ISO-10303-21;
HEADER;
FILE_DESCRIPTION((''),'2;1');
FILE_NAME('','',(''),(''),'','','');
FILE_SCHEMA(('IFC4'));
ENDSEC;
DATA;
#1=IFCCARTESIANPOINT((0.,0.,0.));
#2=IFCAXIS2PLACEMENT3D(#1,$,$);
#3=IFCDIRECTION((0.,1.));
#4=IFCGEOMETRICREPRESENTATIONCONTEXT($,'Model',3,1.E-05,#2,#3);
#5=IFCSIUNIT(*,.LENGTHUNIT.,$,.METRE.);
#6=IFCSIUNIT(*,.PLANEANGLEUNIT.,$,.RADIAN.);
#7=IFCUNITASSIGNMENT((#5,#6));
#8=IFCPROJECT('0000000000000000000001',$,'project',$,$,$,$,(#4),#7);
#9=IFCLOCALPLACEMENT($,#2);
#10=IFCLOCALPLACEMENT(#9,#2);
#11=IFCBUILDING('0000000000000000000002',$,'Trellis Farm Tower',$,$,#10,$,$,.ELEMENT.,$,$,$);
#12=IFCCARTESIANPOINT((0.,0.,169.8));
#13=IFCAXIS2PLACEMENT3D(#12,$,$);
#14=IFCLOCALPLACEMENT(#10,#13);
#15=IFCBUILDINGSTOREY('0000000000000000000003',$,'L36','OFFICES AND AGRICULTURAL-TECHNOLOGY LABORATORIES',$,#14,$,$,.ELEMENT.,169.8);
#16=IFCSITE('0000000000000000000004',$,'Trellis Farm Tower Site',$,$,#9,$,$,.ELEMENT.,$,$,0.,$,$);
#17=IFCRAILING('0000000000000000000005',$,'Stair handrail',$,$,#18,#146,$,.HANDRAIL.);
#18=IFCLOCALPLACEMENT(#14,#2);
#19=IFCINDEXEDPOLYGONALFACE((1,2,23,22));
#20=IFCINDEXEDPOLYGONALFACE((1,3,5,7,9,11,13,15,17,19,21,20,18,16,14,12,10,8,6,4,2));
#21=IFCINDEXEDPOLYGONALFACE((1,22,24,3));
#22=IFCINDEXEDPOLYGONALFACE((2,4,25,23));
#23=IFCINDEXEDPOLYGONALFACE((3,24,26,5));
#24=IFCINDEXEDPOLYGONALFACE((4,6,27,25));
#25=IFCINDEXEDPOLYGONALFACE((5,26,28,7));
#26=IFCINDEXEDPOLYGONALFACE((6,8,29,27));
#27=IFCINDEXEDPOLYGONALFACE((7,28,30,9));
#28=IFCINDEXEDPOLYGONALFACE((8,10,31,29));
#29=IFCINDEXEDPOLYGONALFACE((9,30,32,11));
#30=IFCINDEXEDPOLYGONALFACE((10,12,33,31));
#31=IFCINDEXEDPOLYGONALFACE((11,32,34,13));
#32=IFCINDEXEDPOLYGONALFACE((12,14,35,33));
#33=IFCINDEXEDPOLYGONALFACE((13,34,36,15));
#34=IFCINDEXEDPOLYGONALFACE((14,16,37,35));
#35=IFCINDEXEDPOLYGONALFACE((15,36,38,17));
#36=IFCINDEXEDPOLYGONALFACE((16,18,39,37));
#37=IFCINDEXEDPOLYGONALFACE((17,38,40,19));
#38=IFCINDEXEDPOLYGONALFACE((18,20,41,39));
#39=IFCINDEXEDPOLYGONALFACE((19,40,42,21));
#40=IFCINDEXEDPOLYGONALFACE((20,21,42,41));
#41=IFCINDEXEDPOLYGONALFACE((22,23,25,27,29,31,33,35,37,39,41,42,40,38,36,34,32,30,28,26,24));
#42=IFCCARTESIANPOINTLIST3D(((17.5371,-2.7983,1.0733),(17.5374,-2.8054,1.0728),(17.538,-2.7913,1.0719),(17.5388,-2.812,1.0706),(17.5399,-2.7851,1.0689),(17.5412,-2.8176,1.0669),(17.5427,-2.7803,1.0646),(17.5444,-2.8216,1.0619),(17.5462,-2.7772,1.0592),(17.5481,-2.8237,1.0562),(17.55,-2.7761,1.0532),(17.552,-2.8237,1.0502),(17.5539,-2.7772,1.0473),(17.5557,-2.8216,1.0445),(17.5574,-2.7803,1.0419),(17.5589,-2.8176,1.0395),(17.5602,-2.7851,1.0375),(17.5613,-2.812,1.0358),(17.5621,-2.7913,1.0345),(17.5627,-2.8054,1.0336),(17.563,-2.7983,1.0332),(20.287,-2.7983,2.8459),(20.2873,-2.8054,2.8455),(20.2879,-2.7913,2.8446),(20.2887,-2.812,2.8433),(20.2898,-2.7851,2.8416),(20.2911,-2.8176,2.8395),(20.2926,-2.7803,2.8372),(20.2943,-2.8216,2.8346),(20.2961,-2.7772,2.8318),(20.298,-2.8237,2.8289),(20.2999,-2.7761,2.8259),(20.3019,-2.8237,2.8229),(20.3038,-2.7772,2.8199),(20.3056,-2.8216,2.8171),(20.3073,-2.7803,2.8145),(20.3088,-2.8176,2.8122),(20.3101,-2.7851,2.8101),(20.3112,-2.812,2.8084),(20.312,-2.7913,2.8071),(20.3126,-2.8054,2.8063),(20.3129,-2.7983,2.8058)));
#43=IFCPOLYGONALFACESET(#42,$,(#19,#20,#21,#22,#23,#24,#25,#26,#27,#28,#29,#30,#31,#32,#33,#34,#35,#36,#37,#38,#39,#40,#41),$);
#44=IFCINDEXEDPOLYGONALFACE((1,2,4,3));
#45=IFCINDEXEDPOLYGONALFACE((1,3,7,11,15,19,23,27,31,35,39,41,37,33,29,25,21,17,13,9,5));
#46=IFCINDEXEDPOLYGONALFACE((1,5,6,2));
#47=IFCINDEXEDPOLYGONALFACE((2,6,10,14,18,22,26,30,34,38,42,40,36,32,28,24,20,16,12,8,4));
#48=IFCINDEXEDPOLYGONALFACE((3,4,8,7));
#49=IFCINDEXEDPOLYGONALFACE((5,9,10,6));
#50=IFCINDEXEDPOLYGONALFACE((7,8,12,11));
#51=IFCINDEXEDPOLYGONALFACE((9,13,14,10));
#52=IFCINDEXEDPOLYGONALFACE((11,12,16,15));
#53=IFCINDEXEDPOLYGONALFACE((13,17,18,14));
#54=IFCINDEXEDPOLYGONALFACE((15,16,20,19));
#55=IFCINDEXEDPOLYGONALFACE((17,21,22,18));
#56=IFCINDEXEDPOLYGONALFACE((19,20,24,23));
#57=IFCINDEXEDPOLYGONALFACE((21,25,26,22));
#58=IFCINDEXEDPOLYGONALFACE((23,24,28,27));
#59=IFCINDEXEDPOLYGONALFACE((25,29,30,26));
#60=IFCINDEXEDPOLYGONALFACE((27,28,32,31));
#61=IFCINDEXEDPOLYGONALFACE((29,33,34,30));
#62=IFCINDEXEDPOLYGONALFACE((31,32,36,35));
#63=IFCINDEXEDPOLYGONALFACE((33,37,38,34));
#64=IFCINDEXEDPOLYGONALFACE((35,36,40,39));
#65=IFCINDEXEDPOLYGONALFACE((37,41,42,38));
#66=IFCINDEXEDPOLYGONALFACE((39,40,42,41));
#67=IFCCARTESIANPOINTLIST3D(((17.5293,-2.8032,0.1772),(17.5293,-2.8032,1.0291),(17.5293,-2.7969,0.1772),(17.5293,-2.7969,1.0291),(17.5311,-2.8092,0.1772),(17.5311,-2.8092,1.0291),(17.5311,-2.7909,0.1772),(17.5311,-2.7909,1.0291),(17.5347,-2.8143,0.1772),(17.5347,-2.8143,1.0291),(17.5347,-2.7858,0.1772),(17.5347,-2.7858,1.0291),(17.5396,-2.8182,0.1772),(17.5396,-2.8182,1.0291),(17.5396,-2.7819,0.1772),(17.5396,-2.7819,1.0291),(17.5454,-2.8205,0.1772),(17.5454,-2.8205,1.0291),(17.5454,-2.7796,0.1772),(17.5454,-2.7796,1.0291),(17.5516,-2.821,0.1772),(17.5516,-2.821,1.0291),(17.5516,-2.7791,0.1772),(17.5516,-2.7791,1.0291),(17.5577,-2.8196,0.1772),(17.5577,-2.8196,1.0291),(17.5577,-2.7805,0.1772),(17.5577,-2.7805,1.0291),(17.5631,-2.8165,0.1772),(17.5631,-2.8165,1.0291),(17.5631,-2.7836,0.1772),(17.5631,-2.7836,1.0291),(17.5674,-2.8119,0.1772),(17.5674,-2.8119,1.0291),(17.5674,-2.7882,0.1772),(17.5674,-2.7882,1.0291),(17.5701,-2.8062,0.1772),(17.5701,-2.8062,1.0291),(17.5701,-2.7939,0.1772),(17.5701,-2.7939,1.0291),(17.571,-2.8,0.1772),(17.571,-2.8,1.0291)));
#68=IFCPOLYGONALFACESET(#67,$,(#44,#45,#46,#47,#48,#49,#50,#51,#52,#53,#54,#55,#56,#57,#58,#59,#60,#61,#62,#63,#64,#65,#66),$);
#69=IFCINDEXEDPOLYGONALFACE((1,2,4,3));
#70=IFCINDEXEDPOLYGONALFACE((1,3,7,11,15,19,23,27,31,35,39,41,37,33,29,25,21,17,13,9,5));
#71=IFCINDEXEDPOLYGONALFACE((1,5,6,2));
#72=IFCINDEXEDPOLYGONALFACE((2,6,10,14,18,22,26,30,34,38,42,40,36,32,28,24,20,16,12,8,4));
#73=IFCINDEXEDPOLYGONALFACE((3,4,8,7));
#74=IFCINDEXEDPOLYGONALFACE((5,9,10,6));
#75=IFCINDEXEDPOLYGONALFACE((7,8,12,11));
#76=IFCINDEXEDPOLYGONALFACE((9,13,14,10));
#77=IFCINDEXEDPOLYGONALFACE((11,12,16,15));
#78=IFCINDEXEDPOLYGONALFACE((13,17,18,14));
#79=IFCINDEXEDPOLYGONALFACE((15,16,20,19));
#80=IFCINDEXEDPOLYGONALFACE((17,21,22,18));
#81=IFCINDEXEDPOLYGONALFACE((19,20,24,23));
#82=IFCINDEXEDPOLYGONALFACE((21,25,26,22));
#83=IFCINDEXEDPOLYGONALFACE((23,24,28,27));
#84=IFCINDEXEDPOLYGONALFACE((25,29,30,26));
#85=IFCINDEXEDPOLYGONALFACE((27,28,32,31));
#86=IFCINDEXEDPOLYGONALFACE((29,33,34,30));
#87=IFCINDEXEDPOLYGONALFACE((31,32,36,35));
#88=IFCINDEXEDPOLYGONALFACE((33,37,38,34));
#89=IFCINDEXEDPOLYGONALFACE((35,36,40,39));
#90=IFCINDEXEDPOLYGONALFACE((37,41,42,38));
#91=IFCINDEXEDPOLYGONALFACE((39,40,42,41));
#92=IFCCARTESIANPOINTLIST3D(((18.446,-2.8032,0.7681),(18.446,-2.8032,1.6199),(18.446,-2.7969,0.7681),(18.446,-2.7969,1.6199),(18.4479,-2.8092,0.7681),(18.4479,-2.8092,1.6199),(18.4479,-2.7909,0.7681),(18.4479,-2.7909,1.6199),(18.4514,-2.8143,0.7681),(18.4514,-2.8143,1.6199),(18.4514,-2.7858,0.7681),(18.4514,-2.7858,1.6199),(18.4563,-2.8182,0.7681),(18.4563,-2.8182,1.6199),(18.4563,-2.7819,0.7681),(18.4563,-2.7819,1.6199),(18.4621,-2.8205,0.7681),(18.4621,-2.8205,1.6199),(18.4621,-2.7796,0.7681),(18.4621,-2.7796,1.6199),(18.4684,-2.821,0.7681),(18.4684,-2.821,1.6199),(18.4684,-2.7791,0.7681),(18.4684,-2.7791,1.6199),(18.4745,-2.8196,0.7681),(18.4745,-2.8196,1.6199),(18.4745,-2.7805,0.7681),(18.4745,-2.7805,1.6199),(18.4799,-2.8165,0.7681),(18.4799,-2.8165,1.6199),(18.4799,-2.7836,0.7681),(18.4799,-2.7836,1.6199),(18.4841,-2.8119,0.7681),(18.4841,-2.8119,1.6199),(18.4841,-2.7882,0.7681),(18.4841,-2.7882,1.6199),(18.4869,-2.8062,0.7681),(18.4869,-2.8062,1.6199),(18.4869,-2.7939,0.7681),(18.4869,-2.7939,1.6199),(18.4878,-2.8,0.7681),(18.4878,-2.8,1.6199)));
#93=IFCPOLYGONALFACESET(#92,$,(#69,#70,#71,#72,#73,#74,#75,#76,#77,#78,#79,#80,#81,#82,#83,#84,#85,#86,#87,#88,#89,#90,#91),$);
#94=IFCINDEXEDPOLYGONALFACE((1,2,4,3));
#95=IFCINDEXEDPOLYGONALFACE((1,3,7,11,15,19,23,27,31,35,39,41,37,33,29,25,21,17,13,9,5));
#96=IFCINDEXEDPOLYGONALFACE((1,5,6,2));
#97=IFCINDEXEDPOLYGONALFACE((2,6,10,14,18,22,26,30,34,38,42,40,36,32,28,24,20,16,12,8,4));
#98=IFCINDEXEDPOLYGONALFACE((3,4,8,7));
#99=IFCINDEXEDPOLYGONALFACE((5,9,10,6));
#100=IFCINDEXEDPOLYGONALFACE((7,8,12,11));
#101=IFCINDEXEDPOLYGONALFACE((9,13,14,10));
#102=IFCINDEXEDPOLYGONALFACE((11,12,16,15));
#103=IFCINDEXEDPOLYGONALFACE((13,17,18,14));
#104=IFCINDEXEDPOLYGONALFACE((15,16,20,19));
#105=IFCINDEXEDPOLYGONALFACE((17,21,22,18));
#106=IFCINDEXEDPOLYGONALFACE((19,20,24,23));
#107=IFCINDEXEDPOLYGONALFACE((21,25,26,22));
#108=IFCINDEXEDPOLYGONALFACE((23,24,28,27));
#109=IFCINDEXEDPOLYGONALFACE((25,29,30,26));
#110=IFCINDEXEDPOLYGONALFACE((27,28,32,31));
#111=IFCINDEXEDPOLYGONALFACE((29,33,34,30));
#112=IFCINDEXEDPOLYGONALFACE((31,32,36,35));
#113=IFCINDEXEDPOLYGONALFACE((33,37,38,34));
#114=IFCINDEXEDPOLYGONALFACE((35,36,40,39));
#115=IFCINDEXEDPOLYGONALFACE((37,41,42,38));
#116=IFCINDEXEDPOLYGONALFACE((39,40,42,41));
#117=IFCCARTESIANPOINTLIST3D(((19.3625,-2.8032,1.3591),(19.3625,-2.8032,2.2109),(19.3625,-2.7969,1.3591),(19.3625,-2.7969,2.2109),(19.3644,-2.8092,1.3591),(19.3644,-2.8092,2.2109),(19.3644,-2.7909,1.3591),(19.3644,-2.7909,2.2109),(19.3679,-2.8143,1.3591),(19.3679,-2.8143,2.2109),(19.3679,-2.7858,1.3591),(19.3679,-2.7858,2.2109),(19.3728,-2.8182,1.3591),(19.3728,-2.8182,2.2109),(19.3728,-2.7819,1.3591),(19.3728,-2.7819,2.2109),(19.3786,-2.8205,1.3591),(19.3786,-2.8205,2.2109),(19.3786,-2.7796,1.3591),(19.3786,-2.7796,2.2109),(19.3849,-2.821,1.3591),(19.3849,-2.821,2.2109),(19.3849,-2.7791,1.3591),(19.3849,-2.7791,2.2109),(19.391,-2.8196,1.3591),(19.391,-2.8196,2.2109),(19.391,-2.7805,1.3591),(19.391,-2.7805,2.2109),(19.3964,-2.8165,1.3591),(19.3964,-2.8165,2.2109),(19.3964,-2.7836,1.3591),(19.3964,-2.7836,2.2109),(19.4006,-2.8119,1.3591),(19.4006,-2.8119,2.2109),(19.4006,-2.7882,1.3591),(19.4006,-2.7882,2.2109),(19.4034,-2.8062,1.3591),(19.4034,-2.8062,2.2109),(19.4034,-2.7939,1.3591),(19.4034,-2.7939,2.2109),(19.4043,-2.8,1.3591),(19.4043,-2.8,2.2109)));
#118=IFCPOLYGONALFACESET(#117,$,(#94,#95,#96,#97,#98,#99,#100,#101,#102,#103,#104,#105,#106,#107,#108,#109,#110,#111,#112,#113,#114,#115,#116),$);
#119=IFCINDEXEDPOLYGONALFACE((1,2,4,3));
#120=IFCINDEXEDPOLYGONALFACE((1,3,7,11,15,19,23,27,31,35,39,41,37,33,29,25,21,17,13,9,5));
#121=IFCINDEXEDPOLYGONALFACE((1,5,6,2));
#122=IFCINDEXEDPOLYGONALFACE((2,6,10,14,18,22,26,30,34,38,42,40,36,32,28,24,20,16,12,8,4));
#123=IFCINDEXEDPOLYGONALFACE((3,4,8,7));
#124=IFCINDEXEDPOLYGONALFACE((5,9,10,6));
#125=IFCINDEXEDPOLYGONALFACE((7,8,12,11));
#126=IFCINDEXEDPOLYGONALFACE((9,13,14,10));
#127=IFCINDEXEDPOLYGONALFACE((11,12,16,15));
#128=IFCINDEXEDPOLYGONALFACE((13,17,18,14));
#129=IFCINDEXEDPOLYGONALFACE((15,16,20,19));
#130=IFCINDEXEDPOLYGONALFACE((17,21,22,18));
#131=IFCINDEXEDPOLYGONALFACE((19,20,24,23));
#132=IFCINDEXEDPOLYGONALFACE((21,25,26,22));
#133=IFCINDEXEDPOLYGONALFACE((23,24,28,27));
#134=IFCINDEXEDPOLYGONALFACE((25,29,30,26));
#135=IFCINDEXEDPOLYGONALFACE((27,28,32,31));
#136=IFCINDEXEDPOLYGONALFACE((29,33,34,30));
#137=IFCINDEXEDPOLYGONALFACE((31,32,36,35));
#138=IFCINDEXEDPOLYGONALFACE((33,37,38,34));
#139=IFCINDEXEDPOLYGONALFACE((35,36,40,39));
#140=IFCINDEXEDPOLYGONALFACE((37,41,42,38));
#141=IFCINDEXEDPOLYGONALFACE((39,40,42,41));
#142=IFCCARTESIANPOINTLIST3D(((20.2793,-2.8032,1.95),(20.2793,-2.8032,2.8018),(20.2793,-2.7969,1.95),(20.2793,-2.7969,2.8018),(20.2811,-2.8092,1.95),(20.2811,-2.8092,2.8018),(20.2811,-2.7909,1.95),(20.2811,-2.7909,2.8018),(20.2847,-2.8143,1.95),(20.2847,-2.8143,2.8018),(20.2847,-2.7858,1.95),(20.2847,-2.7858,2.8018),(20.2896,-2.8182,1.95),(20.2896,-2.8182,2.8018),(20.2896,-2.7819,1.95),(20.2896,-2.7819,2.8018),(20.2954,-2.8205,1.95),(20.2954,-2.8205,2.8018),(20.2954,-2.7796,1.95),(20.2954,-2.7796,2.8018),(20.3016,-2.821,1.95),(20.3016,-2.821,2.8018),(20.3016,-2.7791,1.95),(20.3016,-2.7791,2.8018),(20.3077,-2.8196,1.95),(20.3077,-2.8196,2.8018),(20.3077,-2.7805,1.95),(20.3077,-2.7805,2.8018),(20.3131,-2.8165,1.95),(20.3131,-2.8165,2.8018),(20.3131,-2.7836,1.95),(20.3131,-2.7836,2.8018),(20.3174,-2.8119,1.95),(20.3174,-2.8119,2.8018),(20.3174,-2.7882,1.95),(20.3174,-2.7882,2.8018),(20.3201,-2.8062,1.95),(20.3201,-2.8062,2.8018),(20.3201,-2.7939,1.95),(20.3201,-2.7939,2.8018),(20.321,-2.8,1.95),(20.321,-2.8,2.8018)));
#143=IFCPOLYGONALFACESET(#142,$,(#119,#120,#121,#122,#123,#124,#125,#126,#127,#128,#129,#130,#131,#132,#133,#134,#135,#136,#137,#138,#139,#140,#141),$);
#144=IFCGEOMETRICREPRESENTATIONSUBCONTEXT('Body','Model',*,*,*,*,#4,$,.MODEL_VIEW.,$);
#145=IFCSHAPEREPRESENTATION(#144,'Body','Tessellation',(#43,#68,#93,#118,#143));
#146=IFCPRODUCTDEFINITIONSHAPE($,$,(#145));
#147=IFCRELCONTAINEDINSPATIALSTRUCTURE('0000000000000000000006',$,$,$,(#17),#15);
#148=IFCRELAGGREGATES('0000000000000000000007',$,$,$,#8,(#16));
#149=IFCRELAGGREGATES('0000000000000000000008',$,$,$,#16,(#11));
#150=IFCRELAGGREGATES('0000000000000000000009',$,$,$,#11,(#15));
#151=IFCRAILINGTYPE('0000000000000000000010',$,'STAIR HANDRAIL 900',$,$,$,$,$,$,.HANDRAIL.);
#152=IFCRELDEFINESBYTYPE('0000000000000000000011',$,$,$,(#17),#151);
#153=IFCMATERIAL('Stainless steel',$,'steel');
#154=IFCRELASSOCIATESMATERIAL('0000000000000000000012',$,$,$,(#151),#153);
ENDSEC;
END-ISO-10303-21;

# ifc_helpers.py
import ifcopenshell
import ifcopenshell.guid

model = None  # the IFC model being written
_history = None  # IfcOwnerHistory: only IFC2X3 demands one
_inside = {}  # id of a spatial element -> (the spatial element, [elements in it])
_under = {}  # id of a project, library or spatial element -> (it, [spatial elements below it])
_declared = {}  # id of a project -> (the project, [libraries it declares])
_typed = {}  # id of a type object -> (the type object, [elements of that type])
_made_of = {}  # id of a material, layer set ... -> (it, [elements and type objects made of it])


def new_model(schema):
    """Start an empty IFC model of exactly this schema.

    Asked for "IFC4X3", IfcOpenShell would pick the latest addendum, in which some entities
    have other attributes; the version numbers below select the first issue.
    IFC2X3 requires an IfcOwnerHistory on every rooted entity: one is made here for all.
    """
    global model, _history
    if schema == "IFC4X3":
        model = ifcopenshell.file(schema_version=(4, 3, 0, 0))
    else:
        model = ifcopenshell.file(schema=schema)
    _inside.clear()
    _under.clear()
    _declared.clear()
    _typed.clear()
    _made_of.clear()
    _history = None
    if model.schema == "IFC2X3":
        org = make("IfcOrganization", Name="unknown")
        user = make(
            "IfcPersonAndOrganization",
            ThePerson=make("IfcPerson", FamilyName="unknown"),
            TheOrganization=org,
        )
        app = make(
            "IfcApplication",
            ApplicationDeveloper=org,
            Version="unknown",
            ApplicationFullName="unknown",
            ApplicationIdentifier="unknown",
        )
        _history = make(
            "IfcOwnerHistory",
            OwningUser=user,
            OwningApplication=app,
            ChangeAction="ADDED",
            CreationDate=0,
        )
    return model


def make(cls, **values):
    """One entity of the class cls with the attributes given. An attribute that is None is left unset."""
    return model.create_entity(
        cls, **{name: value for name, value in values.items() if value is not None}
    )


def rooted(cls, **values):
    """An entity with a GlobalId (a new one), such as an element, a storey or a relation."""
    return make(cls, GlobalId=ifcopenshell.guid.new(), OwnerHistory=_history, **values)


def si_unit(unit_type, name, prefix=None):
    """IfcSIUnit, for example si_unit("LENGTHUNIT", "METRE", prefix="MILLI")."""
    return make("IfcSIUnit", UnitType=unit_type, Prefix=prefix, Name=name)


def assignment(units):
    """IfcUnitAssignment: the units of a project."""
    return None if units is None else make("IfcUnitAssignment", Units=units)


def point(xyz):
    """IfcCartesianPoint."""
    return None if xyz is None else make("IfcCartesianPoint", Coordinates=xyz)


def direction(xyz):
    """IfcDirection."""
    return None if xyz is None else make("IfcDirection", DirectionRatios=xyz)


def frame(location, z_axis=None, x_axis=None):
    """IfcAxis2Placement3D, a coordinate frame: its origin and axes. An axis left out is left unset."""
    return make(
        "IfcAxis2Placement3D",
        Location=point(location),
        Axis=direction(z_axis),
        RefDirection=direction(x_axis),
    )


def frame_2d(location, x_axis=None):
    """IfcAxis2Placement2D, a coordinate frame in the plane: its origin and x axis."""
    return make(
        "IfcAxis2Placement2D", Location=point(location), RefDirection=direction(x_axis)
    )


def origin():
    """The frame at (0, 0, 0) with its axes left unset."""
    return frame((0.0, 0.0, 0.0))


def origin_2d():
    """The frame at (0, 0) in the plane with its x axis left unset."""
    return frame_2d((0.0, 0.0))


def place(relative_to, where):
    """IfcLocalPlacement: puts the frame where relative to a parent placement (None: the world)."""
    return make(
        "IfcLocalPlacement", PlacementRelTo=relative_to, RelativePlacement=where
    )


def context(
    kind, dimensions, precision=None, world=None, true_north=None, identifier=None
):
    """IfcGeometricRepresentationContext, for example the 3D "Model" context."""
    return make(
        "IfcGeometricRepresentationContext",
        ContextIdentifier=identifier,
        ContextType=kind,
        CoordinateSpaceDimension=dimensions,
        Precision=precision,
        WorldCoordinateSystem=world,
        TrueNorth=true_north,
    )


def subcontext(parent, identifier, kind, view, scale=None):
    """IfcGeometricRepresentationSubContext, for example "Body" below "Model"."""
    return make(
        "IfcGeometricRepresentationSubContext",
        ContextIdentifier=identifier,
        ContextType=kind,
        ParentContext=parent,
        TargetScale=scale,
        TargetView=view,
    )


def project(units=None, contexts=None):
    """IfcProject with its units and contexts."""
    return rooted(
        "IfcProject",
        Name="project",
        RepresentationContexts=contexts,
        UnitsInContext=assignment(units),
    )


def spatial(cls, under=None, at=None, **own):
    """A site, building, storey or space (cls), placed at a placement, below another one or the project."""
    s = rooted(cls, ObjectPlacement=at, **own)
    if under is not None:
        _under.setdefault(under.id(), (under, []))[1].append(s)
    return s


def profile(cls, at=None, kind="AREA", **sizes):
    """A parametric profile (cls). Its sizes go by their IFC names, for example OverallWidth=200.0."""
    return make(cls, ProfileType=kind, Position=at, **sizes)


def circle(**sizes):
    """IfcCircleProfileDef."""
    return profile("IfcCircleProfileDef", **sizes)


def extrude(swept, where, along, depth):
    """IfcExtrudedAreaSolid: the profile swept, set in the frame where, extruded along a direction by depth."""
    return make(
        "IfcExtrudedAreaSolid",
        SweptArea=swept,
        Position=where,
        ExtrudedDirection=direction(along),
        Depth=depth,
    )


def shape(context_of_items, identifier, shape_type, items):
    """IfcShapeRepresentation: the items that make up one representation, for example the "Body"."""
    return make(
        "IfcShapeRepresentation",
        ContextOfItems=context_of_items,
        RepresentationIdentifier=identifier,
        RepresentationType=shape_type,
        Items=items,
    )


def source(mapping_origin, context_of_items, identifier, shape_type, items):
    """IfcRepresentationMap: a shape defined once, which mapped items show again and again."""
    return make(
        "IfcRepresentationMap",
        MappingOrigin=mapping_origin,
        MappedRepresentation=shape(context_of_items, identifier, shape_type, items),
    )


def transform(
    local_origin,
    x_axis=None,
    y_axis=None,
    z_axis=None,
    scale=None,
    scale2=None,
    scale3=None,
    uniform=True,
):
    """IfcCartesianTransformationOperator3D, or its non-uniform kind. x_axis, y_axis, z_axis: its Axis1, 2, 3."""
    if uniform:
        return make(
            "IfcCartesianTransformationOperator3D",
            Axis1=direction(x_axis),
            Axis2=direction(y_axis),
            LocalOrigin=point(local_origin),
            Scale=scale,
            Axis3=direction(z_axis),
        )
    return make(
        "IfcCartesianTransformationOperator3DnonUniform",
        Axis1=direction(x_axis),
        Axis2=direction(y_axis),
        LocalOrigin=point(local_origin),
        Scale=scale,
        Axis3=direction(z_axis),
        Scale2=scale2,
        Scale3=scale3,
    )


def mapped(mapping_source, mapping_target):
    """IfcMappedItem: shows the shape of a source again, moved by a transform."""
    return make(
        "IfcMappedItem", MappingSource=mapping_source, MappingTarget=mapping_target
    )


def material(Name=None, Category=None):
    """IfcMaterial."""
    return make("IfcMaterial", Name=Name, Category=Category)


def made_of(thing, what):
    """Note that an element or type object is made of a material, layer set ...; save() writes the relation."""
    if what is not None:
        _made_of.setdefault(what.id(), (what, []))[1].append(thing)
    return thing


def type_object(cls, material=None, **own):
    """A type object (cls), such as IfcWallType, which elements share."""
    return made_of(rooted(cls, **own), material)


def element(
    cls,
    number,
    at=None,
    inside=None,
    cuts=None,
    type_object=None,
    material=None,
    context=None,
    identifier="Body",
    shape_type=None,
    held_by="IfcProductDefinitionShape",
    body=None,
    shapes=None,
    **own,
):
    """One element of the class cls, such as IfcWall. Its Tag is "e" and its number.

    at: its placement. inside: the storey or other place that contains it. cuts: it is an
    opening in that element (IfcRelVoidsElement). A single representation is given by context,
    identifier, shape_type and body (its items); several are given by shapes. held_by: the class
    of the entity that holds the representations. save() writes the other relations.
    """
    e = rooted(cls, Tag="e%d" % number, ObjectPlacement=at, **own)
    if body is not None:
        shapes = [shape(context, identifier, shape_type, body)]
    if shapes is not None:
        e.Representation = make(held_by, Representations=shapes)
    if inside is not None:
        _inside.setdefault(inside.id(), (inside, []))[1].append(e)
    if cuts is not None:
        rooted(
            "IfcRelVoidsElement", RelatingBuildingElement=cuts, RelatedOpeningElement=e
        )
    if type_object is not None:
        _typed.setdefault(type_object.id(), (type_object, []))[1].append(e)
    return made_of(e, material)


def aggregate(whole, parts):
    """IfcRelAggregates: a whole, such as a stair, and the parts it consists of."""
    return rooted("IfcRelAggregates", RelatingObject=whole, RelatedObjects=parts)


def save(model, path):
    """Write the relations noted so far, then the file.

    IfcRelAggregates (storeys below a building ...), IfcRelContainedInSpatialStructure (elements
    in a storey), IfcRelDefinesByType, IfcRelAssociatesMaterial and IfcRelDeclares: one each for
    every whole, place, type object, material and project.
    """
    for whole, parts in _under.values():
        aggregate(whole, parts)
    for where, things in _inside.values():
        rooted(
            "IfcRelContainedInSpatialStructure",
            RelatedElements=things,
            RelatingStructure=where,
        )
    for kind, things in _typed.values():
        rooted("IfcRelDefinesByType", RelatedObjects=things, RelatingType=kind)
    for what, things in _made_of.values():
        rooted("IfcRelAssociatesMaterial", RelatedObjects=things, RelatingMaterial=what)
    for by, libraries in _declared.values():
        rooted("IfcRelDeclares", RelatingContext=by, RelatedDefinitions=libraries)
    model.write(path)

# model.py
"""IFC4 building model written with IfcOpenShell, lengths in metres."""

from ifc_helpers import new_model, si_unit, direction, frame, origin, origin_2d, place, context, subcontext, project, spatial, circle, extrude, source, transform, mapped, material, type_object, element, save


model = new_model("IFC4")

# Units and contexts
model_context = context("Model", 3, precision=1e-05, world=origin(), true_north=direction((0.0, 1.0)))
body_context = subcontext(model_context, "Body", "Model", "MODEL_VIEW")
ifc_project = project(units=[si_unit("LENGTHUNIT", "METRE"), si_unit("PLANEANGLEUNIT", "RADIAN")], contexts=[model_context])

# Site, building, storey
site_placement = place(None, origin())
site = spatial("IfcSite", under=ifc_project, at=site_placement, Name="Trellis Farm Tower Site", CompositionType="ELEMENT", RefElevation=0.0)
building_placement = place(site_placement, origin())
building = spatial("IfcBuilding", under=site, at=building_placement, Name="Trellis Farm Tower", CompositionType="ELEMENT")
storey_placement = place(building_placement, frame((0.0, 0.0, 169.8)))
storey = spatial("IfcBuildingStorey", under=building, at=storey_placement, Name="L36", Description="OFFICES AND AGRICULTURAL-TECHNOLOGY LABORATORIES", CompositionType="ELEMENT", Elevation=169.8)

# Railing
ifc_material_1 = material(Name="Stainless steel", Category="steel")
railing_type = type_object("IfcRailingType", Name="STAIR HANDRAIL 900", PredefinedType="HANDRAIL", material=ifc_material_1)
shared_shape_1 = source(origin(), body_context, "Body", "SweptSolid", [
    extrude(circle(Radius=0.0239, at=origin_2d()), frame((0.0, 0.0, 0.876), z_axis=(0.840504, 0.0, 0.541806), x_axis=(0.0, 1.0, 0.0)), (0.0, 0.0, 1.0), 3.2717),
    extrude(circle(Radius=0.021, at=origin_2d()), origin(), (0.0, 0.0, 1.0), 0.8518),
    extrude(circle(Radius=0.021, at=origin_2d()), frame((0.9167, 0.0, 0.5908)), (0.0, 0.0, 1.0), 0.8518),
    extrude(circle(Radius=0.021, at=origin_2d()), frame((1.8333, 0.0, 1.1819)), (0.0, 0.0, 1.0), 0.8518),
    extrude(circle(Radius=0.021, at=origin_2d()), frame((2.75, 0.0, 1.7727)), (0.0, 0.0, 1.0), 0.8518),
])
for number, where, name in (
    (1, (17.55, -2.8, 0.1772), "Stair handrail"),
):
    element("IfcRailing", number, at=place(storey_placement, frame(where)), inside=storey, type_object=railing_type, Name=name, PredefinedType="HANDRAIL", context=body_context, shape_type="MappedRepresentation", body=[
        mapped(shared_shape_1, transform((0.0, 0.0, 0.0))),
    ])

save(model, "model.ifc")
